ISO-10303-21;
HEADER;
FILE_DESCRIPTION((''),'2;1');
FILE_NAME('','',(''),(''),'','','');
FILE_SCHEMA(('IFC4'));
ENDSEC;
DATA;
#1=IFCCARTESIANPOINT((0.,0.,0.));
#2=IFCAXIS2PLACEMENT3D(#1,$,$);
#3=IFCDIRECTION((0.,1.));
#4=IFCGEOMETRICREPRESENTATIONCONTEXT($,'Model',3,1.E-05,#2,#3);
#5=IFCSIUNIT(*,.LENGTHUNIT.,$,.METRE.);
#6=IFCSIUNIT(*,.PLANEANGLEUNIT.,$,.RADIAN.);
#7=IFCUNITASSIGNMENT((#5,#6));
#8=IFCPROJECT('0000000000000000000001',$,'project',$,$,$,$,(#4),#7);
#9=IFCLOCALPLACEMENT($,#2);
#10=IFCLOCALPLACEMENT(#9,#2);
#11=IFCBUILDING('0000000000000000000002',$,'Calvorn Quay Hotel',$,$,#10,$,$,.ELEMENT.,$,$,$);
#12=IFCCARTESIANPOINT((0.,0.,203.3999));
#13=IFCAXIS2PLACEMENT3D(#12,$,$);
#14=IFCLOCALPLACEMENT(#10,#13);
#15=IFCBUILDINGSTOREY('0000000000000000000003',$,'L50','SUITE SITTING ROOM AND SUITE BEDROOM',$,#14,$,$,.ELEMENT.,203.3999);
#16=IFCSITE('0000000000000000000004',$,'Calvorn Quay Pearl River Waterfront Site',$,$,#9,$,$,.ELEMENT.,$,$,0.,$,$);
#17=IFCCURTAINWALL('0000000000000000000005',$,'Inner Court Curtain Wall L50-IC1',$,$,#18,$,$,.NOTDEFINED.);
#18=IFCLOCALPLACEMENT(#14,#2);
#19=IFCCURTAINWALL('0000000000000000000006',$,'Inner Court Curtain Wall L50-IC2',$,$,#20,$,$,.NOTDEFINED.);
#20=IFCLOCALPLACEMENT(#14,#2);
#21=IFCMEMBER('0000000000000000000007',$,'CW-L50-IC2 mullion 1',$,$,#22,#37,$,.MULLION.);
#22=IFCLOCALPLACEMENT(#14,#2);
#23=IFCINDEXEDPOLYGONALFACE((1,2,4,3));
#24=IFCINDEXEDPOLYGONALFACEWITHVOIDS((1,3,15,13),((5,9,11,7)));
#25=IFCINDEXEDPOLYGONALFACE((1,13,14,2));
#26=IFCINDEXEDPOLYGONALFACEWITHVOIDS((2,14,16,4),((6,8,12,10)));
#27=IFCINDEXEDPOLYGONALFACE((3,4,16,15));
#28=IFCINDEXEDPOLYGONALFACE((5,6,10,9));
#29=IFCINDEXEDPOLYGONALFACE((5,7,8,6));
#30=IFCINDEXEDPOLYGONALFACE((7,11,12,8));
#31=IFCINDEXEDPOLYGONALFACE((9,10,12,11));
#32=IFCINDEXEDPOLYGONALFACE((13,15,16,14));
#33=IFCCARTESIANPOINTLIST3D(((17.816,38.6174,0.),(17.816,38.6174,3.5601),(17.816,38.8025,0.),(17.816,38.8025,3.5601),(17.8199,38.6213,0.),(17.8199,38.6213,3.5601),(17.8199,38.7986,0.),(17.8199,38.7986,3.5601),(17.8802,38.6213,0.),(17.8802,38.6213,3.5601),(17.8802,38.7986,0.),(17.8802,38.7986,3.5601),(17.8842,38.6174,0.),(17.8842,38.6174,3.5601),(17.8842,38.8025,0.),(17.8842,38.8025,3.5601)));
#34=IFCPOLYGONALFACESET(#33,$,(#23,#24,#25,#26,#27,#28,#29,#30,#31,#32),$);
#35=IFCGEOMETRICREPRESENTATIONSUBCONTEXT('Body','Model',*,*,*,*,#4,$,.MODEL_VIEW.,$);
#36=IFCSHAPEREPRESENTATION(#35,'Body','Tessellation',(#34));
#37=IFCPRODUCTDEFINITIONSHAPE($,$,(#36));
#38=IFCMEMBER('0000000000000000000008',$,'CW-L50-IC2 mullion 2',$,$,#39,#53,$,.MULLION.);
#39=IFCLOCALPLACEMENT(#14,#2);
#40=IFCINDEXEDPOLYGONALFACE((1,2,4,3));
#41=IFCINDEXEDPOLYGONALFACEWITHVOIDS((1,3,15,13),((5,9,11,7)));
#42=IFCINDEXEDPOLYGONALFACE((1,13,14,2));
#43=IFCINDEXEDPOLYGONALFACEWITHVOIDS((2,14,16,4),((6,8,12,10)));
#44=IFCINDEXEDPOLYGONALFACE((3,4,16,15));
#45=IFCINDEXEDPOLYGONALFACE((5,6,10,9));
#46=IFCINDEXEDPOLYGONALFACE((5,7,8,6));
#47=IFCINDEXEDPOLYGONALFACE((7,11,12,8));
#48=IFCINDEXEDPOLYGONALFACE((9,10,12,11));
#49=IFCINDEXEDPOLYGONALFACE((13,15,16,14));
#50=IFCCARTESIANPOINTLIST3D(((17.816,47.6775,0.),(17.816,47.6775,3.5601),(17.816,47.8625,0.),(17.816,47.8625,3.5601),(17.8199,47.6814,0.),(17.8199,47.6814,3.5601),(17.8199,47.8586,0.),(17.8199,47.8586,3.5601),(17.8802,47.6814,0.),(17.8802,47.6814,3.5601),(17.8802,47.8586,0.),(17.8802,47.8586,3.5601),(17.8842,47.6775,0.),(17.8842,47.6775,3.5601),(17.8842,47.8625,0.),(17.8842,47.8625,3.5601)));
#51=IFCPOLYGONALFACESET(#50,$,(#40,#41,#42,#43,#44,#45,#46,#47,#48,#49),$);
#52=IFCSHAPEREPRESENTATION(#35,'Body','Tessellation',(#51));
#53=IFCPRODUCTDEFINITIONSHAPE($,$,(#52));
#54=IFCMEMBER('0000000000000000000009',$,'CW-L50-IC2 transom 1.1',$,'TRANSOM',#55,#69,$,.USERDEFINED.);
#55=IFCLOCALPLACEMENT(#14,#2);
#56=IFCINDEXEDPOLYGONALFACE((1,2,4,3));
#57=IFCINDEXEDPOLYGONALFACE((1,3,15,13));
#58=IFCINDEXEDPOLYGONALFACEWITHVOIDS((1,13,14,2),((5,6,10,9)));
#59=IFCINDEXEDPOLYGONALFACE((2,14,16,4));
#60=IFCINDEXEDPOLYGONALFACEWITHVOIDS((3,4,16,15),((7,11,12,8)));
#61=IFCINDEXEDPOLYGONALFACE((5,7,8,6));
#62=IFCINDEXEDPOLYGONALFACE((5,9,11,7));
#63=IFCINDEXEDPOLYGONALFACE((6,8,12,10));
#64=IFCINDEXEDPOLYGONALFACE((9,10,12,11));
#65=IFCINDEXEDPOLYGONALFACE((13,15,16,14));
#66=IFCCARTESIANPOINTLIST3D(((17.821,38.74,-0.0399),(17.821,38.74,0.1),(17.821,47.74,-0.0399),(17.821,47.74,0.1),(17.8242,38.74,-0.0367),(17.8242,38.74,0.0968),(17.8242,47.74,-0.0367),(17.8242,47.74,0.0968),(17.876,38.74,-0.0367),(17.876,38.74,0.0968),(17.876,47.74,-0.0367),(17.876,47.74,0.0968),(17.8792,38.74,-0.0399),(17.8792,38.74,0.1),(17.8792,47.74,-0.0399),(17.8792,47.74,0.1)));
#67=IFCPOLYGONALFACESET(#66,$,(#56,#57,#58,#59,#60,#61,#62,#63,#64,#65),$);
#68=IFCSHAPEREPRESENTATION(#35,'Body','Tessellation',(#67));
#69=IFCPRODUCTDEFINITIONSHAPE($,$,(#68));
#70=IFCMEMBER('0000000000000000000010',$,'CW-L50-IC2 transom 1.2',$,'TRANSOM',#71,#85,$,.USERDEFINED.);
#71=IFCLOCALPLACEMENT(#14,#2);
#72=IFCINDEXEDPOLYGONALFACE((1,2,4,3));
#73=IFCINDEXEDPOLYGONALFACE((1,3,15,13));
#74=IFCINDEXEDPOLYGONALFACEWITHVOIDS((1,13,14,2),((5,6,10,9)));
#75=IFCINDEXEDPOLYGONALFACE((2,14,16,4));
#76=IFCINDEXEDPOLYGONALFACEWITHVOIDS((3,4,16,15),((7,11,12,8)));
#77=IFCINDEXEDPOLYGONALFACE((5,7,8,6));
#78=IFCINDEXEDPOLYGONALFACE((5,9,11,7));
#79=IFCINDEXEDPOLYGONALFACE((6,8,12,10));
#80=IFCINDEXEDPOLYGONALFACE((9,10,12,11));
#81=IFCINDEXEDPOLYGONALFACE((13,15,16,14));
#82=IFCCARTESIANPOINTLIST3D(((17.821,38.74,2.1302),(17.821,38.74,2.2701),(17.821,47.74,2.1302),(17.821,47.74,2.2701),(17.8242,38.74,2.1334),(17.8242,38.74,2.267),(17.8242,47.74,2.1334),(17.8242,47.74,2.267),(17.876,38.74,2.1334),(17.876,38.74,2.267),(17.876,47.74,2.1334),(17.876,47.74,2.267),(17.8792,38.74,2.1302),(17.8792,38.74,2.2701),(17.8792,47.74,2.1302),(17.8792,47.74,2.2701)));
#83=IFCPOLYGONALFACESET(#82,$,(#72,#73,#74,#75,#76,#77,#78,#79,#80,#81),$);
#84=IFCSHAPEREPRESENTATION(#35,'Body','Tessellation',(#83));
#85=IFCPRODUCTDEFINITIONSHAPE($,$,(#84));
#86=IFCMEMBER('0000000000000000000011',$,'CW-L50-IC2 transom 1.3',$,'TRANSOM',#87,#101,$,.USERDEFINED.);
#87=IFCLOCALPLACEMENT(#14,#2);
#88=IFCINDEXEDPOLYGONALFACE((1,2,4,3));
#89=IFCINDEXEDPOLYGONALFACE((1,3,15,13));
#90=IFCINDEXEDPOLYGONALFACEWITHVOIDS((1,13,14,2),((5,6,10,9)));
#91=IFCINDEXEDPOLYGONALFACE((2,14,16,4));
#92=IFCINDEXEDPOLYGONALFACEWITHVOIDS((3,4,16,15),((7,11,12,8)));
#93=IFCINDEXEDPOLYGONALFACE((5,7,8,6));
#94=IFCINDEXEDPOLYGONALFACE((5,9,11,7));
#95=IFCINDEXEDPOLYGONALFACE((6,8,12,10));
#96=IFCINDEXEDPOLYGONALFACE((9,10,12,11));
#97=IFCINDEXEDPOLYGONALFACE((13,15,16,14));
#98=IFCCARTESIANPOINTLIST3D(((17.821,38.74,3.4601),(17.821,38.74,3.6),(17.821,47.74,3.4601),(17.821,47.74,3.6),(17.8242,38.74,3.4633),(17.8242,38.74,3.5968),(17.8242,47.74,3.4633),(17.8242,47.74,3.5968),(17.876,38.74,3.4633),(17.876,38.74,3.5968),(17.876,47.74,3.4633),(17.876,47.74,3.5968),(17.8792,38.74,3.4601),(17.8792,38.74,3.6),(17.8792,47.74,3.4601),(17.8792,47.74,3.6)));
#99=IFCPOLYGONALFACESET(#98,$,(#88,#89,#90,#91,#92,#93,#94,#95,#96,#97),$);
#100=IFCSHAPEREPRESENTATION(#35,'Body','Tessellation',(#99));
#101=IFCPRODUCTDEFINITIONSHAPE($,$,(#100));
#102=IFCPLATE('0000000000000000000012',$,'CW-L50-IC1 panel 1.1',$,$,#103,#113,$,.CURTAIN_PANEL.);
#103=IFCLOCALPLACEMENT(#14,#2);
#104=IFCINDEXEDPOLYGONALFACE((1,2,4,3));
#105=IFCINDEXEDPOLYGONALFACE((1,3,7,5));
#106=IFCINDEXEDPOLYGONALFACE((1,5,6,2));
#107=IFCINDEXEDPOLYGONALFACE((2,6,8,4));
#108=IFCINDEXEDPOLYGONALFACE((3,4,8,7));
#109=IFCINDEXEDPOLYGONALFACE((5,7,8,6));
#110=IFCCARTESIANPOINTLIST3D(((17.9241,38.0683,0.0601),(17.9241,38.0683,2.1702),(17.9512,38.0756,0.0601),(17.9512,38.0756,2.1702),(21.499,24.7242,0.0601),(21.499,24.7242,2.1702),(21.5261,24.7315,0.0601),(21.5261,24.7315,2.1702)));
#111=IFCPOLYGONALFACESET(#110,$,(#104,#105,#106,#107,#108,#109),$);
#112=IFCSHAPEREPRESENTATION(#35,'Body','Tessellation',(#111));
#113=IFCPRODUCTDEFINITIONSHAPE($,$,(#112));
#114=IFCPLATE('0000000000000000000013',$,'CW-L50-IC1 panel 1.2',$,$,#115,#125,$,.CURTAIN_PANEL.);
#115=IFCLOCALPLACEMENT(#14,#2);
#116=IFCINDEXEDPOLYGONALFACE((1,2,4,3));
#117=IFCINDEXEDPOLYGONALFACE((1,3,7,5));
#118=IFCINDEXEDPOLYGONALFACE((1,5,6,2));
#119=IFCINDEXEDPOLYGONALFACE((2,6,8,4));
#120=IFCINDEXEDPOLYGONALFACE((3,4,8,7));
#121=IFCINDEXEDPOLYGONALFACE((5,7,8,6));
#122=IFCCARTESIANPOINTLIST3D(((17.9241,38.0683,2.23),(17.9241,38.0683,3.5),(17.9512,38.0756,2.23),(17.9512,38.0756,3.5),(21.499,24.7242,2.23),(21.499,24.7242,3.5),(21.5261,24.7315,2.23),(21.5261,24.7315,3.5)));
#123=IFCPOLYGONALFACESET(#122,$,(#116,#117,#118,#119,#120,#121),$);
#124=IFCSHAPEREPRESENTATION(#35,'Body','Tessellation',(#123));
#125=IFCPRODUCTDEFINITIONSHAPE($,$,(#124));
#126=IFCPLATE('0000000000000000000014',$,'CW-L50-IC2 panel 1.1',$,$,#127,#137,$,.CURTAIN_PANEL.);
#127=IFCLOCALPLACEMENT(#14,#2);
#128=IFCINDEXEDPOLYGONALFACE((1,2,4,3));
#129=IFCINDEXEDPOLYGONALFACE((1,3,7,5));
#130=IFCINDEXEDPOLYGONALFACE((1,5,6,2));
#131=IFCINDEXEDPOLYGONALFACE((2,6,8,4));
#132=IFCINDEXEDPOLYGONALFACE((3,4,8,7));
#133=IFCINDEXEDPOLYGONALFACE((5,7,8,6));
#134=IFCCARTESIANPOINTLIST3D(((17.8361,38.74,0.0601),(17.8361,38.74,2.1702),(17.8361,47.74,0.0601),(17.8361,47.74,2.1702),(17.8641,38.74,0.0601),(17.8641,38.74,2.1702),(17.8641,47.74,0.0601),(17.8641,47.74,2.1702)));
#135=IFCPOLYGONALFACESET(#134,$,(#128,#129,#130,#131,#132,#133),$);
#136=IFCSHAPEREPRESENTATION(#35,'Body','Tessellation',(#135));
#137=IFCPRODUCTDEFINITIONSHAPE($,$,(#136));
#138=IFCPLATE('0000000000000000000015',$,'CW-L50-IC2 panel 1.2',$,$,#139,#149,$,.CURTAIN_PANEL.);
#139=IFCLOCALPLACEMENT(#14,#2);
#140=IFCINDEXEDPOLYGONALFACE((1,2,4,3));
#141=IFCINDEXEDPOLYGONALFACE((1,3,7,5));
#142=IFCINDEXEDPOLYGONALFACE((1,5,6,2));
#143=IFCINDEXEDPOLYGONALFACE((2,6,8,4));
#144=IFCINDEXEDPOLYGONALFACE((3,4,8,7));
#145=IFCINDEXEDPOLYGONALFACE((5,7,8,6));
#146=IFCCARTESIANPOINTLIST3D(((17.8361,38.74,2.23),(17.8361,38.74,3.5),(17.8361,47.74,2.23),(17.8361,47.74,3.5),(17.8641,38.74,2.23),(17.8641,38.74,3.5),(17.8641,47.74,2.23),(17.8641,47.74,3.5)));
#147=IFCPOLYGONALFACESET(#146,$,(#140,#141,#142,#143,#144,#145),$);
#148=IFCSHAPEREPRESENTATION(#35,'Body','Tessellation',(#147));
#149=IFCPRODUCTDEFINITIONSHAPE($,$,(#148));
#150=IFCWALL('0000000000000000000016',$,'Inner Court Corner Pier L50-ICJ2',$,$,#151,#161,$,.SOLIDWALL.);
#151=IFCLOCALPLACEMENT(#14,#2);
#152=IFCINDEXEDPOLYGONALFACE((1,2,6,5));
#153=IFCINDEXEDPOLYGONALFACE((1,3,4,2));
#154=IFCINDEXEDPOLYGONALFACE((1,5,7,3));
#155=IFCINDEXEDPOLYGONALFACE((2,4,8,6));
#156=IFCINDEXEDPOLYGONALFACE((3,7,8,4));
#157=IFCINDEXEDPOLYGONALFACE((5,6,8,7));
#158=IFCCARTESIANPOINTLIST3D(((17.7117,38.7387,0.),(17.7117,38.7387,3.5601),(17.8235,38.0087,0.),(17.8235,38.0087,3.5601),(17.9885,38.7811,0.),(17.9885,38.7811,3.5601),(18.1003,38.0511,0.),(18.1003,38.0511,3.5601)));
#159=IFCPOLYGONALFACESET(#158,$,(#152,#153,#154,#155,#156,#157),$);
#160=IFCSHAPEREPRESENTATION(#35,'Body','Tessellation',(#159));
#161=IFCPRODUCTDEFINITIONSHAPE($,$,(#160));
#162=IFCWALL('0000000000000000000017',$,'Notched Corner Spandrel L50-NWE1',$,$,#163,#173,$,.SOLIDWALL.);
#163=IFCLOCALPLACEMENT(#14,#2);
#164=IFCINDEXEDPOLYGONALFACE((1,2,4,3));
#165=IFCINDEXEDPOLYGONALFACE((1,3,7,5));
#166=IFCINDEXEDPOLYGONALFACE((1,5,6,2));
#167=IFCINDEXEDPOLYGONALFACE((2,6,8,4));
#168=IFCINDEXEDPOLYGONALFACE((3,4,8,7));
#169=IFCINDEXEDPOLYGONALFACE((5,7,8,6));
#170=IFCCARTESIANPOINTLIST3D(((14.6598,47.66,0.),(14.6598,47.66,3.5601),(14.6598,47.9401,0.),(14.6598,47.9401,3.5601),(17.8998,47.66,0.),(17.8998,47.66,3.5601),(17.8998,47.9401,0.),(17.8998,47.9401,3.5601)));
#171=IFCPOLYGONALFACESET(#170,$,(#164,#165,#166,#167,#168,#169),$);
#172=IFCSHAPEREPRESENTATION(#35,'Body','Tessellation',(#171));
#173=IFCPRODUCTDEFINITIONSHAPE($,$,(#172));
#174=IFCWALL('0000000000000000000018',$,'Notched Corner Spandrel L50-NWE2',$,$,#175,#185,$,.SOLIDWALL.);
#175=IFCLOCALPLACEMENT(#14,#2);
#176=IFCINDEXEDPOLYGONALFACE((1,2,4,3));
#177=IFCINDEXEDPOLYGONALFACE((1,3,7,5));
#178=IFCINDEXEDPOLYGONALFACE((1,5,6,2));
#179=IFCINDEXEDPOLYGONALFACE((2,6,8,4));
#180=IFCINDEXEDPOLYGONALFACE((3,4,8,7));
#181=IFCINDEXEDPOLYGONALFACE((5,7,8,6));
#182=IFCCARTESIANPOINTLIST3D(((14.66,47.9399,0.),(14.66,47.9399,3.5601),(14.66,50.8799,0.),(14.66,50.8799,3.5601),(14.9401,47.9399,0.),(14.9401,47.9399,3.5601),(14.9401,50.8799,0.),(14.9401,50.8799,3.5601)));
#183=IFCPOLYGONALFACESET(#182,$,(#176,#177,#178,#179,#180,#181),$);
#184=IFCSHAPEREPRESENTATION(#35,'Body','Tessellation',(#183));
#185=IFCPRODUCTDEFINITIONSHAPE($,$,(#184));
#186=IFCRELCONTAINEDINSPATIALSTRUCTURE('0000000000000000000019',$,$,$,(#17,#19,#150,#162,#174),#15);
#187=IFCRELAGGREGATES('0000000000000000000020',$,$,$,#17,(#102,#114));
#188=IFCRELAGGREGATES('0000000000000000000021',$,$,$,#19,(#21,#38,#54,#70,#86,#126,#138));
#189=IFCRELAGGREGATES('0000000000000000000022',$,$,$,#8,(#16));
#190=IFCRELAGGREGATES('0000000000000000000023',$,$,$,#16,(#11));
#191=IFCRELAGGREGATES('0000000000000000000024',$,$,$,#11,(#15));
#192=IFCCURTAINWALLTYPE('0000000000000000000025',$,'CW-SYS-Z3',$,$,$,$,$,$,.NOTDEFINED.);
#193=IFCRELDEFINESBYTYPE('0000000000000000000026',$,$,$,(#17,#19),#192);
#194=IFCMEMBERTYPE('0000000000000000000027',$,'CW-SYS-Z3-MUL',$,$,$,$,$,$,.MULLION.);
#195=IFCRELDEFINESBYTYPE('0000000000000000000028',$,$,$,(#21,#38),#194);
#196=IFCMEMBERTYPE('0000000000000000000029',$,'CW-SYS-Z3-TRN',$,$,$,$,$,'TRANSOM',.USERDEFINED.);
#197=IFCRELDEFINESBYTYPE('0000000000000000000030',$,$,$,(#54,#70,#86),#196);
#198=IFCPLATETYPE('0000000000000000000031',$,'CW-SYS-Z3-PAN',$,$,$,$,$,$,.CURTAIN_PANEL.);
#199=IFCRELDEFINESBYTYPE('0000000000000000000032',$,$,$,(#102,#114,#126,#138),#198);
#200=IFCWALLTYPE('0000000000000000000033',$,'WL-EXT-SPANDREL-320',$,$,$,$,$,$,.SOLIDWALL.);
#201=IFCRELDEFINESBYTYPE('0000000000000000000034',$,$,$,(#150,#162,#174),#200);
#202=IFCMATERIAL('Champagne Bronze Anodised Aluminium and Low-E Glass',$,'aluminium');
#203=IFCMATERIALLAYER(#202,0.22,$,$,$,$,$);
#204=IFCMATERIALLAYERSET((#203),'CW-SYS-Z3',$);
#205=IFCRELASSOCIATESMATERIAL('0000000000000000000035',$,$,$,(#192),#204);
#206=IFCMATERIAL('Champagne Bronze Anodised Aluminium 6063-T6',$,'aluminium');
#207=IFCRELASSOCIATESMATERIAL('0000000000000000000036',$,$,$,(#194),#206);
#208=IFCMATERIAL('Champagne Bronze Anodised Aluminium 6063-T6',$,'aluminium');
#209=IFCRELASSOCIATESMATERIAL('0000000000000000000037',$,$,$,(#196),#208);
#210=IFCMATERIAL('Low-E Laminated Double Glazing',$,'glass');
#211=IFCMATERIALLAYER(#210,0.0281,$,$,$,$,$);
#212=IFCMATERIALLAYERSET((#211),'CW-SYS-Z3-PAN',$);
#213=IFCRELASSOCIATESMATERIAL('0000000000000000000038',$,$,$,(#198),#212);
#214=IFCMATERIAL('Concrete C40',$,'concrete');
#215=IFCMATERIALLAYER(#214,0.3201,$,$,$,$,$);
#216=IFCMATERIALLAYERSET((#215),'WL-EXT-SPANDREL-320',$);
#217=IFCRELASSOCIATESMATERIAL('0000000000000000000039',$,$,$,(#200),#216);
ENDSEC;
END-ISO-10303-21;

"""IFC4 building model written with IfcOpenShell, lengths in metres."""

from ifc_helpers import new_model, si_unit, direction, frame, frame_2d, origin, origin_2d, place, context, subcontext, project, spatial, rectangle, hollow_rectangle, extrude, material, layer, layer_set, material_profile, profile_set, type_object, element, aggregate, save


model = new_model("IFC4")

# Units and contexts
model_context = context("Model", 3, precision=1e-05, world=origin(), true_north=direction((0.0, 1.0)))
body_context = subcontext(model_context, "Body", "Model", "MODEL_VIEW")
ifc_project = project(units=[si_unit("LENGTHUNIT", "METRE"), si_unit("PLANEANGLEUNIT", "RADIAN")], contexts=[model_context])

# Site, building, storey
site_placement = place(None, origin())
site = spatial("IfcSite", under=ifc_project, at=site_placement, Name="Calvorn Quay Pearl River Waterfront Site", CompositionType="ELEMENT", RefElevation=0.0)
building_placement = place(site_placement, origin())
building = spatial("IfcBuilding", under=site, at=building_placement, Name="Calvorn Quay Hotel", CompositionType="ELEMENT")
storey_placement = place(building_placement, frame((0.0, 0.0, 203.3999)))
storey = spatial("IfcBuildingStorey", under=building, at=storey_placement, Name="L50", Description="SUITE SITTING ROOM AND SUITE BEDROOM", CompositionType="ELEMENT", Elevation=203.3999)

# Curtain wall
ifc_material_1 = material(Name="Champagne Bronze Anodised Aluminium and Low-E Glass", Category="aluminium")
ifc_layer_1 = layer(ifc_material_1, 0.22)
ifc_layer_set_1 = layer_set([ifc_layer_1], Name="CW-SYS-Z3")
curtain_wall_type = type_object("IfcCurtainWallType", Name="CW-SYS-Z3", PredefinedType="NOTDEFINED", material=ifc_layer_set_1)
curtain_wall_1_placement = place(storey_placement, origin())
curtain_wall_1 = element("IfcCurtainWall", 1, at=curtain_wall_1_placement, inside=storey, type_object=curtain_wall_type, Name="Inner Court Curtain Wall L50-IC1", PredefinedType="NOTDEFINED")
ifc_material_2 = material(Name="Champagne Bronze Anodised Aluminium 6063-T6", Category="aluminium")
ifc_material_profile_1 = material_profile(ifc_material_2, hollow_rectangle(XDim=0.0681, YDim=0.1851, WallThickness=0.0039, at=origin_2d()), Name="ALU-M185x68x4")
ifc_profile_set_1 = profile_set([ifc_material_profile_1], Name="Champagne Bronze Anodised Aluminium 6063-T6")
member_type_1 = type_object("IfcMemberType", Name="CW-SYS-Z3-MUL", PredefinedType="MULLION", material=ifc_profile_set_1)

# Curtain wall, members
curtain_wall_2_placement = place(storey_placement, origin())
curtain_wall_2 = element("IfcCurtainWall", 2, at=curtain_wall_2_placement, inside=storey, type_object=curtain_wall_type, Name="Inner Court Curtain Wall L50-IC2", PredefinedType="NOTDEFINED")
member_1_placement = place(storey_placement, frame((17.8501, 38.71, 0.0), z_axis=(0.0, 0.0, 1.0), x_axis=(-1.0, 0.0, 0.0)))
member_1 = element("IfcMember", 3, at=member_1_placement, type_object=member_type_1, Name="CW-L50-IC2 mullion 1", PredefinedType="MULLION", context=body_context, shape_type="SweptSolid", body=[
    extrude(hollow_rectangle(XDim=0.0681, YDim=0.1851, WallThickness=0.0039, at=origin_2d()), origin(), (0.0, 0.0, 1.0), 3.5601),
])
member_2_placement = place(storey_placement, frame((17.8501, 47.77, 0.0), z_axis=(0.0, 0.0, 1.0), x_axis=(-1.0, 0.0, 0.0)))
member_2 = element("IfcMember", 4, at=member_2_placement, type_object=member_type_1, Name="CW-L50-IC2 mullion 2", PredefinedType="MULLION", context=body_context, shape_type="SweptSolid", body=[
    extrude(hollow_rectangle(XDim=0.0681, YDim=0.1851, WallThickness=0.0039, at=origin_2d()), origin(), (0.0, 0.0, 1.0), 3.5601),
])
ifc_material_3 = material(Name="Champagne Bronze Anodised Aluminium 6063-T6", Category="aluminium")
ifc_material_profile_2 = material_profile(ifc_material_3, hollow_rectangle(XDim=0.0581, YDim=0.1399, WallThickness=0.0032, at=origin_2d()), Name="ALU-T140x58x3.2")
ifc_profile_set_2 = profile_set([ifc_material_profile_2], Name="Champagne Bronze Anodised Aluminium 6063-T6")
member_type_2 = type_object("IfcMemberType", Name="CW-SYS-Z3-TRN", ElementType="TRANSOM", PredefinedType="USERDEFINED", material=ifc_profile_set_2)
member_3_placement = place(storey_placement, frame((17.8501, 38.74, 0.03), z_axis=(0.0, 1.0, 0.0), x_axis=(-1.0, 0.0, 0.0)))
member_3 = element("IfcMember", 5, at=member_3_placement, type_object=member_type_2, Name="CW-L50-IC2 transom 1.1", ObjectType="TRANSOM", PredefinedType="USERDEFINED", context=body_context, shape_type="SweptSolid", body=[
    extrude(hollow_rectangle(XDim=0.0581, YDim=0.1399, WallThickness=0.0032, at=origin_2d()), origin(), (0.0, 0.0, 1.0), 9.0),
])
member_4_placement = place(storey_placement, frame((17.8501, 38.74, 2.2002), z_axis=(0.0, 1.0, 0.0), x_axis=(-1.0, 0.0, 0.0)))
member_4 = element("IfcMember", 6, at=member_4_placement, type_object=member_type_2, Name="CW-L50-IC2 transom 1.2", ObjectType="TRANSOM", PredefinedType="USERDEFINED", context=body_context, shape_type="SweptSolid", body=[
    extrude(hollow_rectangle(XDim=0.0581, YDim=0.1399, WallThickness=0.0032, at=origin_2d()), origin(), (0.0, 0.0, 1.0), 9.0),
])
member_5_placement = place(storey_placement, frame((17.8501, 38.74, 3.53), z_axis=(0.0, 1.0, 0.0), x_axis=(-1.0, 0.0, 0.0)))
member_5 = element("IfcMember", 7, at=member_5_placement, type_object=member_type_2, Name="CW-L50-IC2 transom 1.3", ObjectType="TRANSOM", PredefinedType="USERDEFINED", context=body_context, shape_type="SweptSolid", body=[
    extrude(hollow_rectangle(XDim=0.0581, YDim=0.1399, WallThickness=0.0032, at=origin_2d()), origin(), (0.0, 0.0, 1.0), 9.0),
])

# Plates
ifc_material_4 = material(Name="Low-E Laminated Double Glazing", Category="glass")
ifc_layer_2 = layer(ifc_material_4, 0.0281)
ifc_layer_set_2 = layer_set([ifc_layer_2], Name="CW-SYS-Z3-PAN")
plate_type = type_object("IfcPlateType", Name="CW-SYS-Z3-PAN", PredefinedType="CURTAIN_PANEL", material=ifc_layer_set_2)
plate_1_placement = place(storey_placement, frame((19.7251, 31.3999, 0.0601), z_axis=(0.0, 0.0, 1.0), x_axis=(-0.258779, 0.965937, 0.0)))
plate_1 = element("IfcPlate", 8, at=plate_1_placement, type_object=plate_type, Name="CW-L50-IC1 panel 1.1", PredefinedType="CURTAIN_PANEL", context=body_context, shape_type="SweptSolid", body=[
    extrude(rectangle(XDim=13.8147, YDim=0.0281, at=origin_2d()), origin(), (0.0, 0.0, 1.0), 2.1101),
])
plate_2_placement = place(storey_placement, frame((19.7251, 31.3999, 2.23), z_axis=(0.0, 0.0, 1.0), x_axis=(-0.258779, 0.965937, 0.0)))
plate_2 = element("IfcPlate", 9, at=plate_2_placement, type_object=plate_type, Name="CW-L50-IC1 panel 1.2", PredefinedType="CURTAIN_PANEL", context=body_context, shape_type="SweptSolid", body=[
    extrude(rectangle(XDim=13.8147, YDim=0.0281, at=origin_2d()), origin(), (0.0, 0.0, 1.0), 1.27),
])
aggregate(curtain_wall_1, [plate_1, plate_2])
plate_3_placement = place(storey_placement, frame((17.8501, 43.24, 0.0601), z_axis=(0.0, 0.0, 1.0), x_axis=(0.0, 1.0, 0.0)))
plate_3 = element("IfcPlate", 10, at=plate_3_placement, type_object=plate_type, Name="CW-L50-IC2 panel 1.1", PredefinedType="CURTAIN_PANEL", context=body_context, shape_type="SweptSolid", body=[
    extrude(rectangle(XDim=9.0, YDim=0.0281, at=origin_2d()), origin(), (0.0, 0.0, 1.0), 2.1101),
])
plate_4_placement = place(storey_placement, frame((17.8501, 43.24, 2.23), z_axis=(0.0, 0.0, 1.0), x_axis=(0.0, 1.0, 0.0)))
plate_4 = element("IfcPlate", 11, at=plate_4_placement, type_object=plate_type, Name="CW-L50-IC2 panel 1.2", PredefinedType="CURTAIN_PANEL", context=body_context, shape_type="SweptSolid", body=[
    extrude(rectangle(XDim=9.0, YDim=0.0281, at=origin_2d()), origin(), (0.0, 0.0, 1.0), 1.27),
])
aggregate(curtain_wall_2, [member_1, member_2, member_3, member_4, member_5, plate_3, plate_4])

# Walls
ifc_material_5 = material(Name="Concrete C40", Category="concrete")
ifc_layer_3 = layer(ifc_material_5, 0.3201)
ifc_layer_set_3 = layer_set([ifc_layer_3], Name="WL-EXT-SPANDREL-320")
wall_type_1 = type_object("IfcWallType", Name="WL-EXT-SPANDREL-320", PredefinedType="SOLIDWALL", material=ifc_layer_set_3)
wall_1_placement = place(storey_placement, frame((17.9619, 38.03, 0.0), z_axis=(0.0, 0.0, 1.0), x_axis=(-0.151411, 0.988471, 0.0)))
element("IfcWall", 12, at=wall_1_placement, inside=storey, type_object=wall_type_1, Name="Inner Court Corner Pier L50-ICJ2", PredefinedType="SOLIDWALL", context=body_context, shape_type="SweptSolid", body=[
    extrude(rectangle(XDim=0.7385, YDim=0.28, at=frame_2d((0.3691, 0.0))), origin(), (0.0, 0.0, 1.0), 3.5601),
])
wall_2_placement = place(storey_placement, frame((17.8999, 47.8, 0.0), z_axis=(0.0, 0.0, 1.0), x_axis=(-1.0, 0.0, 0.0)))
element("IfcWall", 13, at=wall_2_placement, inside=storey, type_object=wall_type_1, Name="Notched Corner Spandrel L50-NWE1", PredefinedType="SOLIDWALL", context=body_context, shape_type="SweptSolid", body=[
    extrude(rectangle(XDim=3.24, YDim=0.28, at=frame_2d((1.6201, 0.0))), origin(), (0.0, 0.0, 1.0), 3.5601),
])
wall_3_placement = place(storey_placement, frame((14.8, 47.9399, 0.0), z_axis=(0.0, 0.0, 1.0), x_axis=(0.0, 1.0, 0.0)))
element("IfcWall", 14, at=wall_3_placement, inside=storey, type_object=wall_type_1, Name="Notched Corner Spandrel L50-NWE2", PredefinedType="SOLIDWALL", context=body_context, shape_type="SweptSolid", body=[
    extrude(rectangle(XDim=2.9399, YDim=0.28, at=frame_2d((1.47, 0.0))), origin(), (0.0, 0.0, 1.0), 3.5601),
])

save(model, "model.ifc")
